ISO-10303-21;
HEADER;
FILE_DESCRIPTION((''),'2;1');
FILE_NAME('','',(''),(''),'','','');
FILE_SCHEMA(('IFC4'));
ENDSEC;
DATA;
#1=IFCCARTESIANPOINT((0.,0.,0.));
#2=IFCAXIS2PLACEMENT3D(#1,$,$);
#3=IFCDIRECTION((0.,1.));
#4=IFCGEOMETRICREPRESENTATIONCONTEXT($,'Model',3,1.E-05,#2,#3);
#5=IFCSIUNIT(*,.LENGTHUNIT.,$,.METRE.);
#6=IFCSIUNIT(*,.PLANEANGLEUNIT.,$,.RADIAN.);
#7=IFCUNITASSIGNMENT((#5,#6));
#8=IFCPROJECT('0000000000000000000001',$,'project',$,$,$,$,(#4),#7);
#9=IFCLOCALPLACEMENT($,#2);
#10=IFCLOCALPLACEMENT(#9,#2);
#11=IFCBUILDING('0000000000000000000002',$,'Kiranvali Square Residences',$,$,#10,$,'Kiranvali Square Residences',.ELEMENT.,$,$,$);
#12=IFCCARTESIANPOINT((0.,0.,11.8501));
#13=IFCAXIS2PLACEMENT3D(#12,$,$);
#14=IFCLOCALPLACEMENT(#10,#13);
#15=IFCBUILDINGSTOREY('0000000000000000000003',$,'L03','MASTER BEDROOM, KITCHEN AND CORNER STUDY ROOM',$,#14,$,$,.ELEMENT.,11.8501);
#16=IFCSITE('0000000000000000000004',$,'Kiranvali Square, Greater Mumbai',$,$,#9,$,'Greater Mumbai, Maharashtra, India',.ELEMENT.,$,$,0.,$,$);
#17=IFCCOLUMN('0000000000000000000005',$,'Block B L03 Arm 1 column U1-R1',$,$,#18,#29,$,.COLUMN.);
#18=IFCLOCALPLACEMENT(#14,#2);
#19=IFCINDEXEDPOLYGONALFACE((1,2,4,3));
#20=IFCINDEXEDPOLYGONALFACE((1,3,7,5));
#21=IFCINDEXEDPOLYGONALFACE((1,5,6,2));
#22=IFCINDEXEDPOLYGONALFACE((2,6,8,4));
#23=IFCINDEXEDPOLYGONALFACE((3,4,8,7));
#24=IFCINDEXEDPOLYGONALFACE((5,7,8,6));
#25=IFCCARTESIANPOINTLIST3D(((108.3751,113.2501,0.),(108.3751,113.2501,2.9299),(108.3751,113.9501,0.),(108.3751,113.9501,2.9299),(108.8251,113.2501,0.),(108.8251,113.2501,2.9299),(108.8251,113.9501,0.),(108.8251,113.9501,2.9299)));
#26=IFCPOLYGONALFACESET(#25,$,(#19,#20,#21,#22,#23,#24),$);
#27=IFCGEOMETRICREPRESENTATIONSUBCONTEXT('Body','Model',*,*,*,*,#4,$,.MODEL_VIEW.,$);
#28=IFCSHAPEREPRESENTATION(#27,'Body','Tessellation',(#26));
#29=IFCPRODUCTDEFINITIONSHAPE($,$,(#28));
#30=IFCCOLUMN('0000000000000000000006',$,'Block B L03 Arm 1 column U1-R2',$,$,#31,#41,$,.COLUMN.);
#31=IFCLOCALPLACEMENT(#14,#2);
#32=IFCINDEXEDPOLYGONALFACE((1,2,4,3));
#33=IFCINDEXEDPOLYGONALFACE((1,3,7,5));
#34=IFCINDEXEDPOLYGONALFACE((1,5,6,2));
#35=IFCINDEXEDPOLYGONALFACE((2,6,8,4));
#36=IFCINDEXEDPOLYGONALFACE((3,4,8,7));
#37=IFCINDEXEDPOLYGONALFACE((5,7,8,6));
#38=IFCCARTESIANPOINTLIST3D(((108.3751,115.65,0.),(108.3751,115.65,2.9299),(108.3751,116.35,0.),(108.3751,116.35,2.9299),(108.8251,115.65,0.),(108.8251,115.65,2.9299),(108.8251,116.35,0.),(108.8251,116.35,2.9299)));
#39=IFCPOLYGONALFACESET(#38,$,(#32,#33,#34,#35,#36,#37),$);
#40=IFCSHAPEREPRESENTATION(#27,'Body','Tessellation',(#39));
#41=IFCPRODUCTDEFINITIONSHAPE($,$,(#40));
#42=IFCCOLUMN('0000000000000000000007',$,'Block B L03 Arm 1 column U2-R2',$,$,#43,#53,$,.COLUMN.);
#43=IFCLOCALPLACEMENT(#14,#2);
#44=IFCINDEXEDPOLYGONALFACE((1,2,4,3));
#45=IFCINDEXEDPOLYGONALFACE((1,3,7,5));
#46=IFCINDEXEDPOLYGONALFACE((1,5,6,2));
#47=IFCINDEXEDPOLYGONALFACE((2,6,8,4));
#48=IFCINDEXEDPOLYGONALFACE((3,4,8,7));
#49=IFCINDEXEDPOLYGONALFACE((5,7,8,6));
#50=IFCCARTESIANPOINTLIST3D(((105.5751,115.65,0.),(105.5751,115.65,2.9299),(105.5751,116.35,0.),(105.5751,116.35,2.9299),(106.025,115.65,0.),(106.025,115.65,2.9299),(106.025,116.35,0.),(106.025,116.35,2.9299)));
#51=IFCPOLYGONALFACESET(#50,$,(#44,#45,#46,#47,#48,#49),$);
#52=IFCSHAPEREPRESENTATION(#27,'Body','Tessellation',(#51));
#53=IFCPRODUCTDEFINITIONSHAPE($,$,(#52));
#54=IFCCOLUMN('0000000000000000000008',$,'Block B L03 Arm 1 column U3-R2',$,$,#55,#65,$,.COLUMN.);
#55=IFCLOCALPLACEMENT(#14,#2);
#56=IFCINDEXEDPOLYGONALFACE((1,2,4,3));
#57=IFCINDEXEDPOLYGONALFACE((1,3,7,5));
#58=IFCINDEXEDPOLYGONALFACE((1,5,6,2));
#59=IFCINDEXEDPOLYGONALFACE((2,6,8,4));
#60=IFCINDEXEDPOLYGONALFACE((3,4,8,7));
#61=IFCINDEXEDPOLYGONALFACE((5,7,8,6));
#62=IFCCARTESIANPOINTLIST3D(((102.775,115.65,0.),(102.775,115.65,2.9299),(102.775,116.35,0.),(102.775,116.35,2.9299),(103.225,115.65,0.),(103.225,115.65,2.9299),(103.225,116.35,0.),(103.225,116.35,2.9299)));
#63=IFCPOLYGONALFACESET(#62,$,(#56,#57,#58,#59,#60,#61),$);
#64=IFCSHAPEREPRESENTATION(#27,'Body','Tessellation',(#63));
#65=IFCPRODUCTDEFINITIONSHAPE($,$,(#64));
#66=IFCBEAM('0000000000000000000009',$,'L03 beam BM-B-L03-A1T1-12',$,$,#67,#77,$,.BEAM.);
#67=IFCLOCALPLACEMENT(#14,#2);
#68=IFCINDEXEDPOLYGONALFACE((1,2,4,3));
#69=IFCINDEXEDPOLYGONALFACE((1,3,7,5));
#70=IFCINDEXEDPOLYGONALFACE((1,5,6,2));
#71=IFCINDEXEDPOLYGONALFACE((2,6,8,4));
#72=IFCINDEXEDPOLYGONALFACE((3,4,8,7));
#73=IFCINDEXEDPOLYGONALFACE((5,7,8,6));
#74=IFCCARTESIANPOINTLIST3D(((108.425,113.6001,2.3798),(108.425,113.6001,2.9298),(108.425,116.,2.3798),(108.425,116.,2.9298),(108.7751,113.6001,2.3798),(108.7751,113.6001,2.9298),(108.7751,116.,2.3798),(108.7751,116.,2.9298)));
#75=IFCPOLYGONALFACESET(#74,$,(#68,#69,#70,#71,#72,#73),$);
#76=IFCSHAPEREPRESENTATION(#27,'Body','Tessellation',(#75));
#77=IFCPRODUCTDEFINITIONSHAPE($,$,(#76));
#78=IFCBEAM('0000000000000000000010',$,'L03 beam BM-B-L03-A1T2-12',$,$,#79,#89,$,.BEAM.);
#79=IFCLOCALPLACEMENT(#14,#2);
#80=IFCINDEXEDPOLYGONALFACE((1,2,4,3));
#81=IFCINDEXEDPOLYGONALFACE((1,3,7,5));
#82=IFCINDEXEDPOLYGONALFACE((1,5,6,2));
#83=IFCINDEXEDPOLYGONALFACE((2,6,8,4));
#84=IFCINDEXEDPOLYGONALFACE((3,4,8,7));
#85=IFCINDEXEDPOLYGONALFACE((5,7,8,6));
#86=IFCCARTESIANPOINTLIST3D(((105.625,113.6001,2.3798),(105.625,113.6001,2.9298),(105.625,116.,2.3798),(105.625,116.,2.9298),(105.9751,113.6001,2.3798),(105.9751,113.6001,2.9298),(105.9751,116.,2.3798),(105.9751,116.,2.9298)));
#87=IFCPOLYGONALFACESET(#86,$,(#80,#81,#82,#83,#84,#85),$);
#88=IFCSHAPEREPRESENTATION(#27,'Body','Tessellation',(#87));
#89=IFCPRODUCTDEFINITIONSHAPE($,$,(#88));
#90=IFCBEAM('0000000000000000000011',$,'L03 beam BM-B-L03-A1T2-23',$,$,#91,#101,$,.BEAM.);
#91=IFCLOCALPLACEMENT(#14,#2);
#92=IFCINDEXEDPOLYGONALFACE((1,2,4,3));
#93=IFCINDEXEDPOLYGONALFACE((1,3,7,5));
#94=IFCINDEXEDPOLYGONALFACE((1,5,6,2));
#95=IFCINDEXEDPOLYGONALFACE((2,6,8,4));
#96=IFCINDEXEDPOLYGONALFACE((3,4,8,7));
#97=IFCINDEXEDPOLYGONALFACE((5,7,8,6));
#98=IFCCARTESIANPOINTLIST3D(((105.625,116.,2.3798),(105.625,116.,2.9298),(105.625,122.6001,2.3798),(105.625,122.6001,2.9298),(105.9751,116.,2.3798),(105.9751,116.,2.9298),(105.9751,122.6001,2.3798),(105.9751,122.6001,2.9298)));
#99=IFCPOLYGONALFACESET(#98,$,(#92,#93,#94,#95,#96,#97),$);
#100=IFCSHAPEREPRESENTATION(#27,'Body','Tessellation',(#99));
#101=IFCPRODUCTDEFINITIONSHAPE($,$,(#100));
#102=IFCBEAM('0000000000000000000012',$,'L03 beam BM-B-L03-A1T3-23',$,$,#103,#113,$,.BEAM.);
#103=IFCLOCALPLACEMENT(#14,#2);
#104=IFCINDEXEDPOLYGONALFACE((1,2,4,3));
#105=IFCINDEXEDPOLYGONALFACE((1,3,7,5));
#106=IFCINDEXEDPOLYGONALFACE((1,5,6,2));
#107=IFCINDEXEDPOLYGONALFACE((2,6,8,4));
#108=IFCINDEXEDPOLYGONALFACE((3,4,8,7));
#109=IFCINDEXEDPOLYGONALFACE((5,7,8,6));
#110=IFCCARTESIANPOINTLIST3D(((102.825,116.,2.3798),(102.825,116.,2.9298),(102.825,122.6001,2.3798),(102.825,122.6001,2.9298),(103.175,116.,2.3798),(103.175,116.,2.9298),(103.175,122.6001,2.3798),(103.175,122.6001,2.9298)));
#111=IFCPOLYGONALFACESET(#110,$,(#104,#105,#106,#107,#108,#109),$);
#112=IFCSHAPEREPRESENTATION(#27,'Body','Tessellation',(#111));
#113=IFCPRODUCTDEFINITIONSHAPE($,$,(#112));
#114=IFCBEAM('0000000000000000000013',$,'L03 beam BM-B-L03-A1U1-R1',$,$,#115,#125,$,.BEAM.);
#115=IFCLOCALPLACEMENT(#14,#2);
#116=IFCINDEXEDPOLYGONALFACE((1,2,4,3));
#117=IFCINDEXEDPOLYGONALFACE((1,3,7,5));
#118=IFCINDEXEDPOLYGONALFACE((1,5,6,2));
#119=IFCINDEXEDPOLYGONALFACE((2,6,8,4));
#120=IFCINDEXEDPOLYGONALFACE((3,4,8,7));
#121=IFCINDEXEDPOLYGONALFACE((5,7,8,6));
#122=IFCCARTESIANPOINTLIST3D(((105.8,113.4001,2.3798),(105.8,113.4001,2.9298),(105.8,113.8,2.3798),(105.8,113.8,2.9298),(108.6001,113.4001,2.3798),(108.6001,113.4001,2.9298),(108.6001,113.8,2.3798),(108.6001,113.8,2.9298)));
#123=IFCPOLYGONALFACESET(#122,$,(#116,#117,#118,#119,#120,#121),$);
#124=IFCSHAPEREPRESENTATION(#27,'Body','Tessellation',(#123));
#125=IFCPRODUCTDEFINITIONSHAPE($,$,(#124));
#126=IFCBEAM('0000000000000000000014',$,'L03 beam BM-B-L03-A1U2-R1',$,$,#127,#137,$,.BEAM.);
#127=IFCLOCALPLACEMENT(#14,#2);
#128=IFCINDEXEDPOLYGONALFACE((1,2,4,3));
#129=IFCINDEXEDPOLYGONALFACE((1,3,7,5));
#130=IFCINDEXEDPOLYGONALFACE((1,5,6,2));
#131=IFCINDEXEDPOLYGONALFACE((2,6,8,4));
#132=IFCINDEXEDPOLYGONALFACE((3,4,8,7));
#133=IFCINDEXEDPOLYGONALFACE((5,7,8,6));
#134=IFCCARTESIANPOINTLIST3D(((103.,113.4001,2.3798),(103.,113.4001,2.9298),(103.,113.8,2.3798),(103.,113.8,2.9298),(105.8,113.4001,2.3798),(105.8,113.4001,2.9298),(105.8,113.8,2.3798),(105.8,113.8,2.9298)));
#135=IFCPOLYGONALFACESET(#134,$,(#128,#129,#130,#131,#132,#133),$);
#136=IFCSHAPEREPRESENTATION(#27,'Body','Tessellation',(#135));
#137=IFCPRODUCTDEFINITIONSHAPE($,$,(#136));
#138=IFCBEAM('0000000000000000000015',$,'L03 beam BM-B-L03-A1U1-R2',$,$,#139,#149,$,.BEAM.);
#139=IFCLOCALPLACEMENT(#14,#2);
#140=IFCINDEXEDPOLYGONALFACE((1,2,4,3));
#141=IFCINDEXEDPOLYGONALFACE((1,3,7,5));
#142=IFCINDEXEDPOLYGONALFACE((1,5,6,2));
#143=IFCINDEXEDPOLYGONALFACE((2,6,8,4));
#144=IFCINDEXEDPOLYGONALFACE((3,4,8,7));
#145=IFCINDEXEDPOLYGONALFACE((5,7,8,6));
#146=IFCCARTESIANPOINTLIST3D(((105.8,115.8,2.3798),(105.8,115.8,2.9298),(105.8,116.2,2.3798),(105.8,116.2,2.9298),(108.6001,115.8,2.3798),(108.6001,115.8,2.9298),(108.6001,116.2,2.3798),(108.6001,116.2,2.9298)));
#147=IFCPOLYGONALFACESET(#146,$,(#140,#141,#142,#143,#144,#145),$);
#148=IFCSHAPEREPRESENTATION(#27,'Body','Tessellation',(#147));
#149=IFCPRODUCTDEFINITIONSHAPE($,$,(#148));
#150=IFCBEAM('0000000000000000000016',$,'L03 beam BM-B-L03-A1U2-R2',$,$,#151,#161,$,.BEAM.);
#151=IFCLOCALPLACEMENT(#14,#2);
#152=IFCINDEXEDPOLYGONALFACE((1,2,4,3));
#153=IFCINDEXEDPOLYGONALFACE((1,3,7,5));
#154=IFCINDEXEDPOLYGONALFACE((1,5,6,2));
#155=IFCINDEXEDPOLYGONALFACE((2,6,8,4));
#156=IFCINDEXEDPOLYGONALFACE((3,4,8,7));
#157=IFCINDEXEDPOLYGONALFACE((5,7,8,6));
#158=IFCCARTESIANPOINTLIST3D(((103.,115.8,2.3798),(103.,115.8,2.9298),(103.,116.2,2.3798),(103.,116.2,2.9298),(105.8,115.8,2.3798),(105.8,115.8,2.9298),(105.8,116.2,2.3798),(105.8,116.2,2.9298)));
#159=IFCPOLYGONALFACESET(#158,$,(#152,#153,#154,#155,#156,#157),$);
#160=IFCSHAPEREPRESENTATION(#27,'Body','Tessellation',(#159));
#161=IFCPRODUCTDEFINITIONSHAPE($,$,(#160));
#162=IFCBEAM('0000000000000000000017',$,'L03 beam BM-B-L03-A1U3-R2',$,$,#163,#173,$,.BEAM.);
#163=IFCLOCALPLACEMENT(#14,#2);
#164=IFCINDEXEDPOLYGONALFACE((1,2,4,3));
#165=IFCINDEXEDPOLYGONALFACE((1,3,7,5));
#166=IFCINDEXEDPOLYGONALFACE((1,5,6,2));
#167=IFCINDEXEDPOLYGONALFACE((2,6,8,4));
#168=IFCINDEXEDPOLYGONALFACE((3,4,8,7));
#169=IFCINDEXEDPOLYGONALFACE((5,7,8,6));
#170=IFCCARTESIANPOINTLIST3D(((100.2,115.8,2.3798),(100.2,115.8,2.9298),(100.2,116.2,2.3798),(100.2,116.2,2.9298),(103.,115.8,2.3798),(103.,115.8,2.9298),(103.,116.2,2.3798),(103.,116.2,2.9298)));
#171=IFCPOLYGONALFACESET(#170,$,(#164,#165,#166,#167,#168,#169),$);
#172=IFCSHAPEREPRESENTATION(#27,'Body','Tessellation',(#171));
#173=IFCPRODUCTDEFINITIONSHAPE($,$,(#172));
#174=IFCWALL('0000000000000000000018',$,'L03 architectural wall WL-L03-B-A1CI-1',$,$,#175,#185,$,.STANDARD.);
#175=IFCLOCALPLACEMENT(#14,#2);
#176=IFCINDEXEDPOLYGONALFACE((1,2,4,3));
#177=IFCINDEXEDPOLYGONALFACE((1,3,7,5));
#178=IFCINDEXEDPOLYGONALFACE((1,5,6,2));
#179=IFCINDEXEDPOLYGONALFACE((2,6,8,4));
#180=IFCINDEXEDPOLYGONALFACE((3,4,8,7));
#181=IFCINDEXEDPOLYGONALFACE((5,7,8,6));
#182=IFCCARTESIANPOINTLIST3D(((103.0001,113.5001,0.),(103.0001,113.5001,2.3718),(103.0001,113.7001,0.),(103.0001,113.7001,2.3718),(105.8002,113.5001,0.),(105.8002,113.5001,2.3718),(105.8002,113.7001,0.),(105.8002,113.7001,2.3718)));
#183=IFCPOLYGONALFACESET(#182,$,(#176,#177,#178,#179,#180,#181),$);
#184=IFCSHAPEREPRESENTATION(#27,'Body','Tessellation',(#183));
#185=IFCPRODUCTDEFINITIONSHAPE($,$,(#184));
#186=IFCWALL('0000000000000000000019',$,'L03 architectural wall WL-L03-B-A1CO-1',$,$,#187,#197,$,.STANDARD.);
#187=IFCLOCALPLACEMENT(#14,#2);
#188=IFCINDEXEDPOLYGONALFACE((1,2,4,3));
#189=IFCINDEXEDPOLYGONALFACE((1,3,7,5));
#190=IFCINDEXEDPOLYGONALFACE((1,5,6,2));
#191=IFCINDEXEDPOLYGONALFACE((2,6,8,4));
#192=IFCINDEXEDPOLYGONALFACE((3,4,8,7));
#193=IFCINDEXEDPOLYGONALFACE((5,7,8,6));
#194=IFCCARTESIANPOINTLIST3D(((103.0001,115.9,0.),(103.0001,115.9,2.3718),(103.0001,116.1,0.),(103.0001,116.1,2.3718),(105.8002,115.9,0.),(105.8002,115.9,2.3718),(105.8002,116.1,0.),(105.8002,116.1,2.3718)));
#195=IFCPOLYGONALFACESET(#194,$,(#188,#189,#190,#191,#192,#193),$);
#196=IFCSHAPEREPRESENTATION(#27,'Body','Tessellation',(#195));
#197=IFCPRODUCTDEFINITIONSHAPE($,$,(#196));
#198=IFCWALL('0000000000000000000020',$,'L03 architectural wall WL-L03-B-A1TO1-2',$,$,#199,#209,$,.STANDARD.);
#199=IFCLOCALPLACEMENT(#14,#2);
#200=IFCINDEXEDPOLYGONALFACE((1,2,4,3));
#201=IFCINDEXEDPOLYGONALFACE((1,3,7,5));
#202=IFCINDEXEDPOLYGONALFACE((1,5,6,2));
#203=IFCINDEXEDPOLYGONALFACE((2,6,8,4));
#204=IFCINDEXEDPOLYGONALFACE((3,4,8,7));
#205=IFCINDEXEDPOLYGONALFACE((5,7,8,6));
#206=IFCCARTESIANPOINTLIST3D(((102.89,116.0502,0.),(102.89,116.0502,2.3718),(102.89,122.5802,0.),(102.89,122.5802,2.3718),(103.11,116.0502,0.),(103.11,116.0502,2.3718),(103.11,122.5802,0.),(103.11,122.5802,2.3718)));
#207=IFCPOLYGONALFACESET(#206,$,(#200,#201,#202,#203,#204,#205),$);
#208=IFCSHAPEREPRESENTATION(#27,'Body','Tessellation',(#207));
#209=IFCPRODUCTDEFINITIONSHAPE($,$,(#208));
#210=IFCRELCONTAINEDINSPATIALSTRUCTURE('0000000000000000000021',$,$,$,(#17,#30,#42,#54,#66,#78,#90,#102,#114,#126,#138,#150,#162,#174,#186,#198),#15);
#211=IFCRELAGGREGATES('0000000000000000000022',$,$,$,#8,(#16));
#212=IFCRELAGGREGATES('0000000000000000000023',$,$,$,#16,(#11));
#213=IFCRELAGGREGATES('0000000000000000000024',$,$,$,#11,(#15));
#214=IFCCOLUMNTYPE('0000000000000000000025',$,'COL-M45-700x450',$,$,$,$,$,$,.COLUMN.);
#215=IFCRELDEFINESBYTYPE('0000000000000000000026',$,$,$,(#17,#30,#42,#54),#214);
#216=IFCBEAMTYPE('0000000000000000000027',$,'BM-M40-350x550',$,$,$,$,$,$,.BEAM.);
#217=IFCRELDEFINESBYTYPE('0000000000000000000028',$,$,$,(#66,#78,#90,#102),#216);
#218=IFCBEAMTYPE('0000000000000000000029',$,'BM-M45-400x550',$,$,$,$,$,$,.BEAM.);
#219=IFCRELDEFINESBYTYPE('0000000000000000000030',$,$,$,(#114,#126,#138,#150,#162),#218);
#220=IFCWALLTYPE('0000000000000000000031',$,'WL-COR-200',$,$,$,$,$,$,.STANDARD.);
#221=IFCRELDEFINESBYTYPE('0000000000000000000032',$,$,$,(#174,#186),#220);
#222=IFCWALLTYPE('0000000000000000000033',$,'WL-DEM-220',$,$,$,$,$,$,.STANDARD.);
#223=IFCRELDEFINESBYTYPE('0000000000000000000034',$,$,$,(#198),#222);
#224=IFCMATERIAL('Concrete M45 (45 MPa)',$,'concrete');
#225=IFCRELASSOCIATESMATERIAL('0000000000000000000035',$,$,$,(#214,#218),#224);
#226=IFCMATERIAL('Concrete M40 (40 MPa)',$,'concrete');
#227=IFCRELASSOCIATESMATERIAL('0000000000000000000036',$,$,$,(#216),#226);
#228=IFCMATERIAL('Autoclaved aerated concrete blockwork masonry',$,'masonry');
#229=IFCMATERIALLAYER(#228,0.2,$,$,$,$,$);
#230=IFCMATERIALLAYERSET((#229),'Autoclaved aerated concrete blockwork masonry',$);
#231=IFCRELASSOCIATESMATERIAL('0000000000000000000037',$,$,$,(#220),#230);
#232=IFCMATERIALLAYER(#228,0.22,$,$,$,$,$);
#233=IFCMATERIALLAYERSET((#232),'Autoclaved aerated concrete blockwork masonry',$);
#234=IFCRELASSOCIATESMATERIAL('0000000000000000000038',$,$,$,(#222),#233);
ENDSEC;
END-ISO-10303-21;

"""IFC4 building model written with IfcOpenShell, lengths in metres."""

from ifc_helpers import new_model, si_unit, direction, frame, frame_2d, origin, origin_2d, place, context, subcontext, project, spatial, rectangle, extrude, material, layer, layer_set, material_profile, profile_set, type_object, element, save


model = new_model("IFC4")

# Units and contexts
model_context = context("Model", 3, precision=1e-05, world=origin(), true_north=direction((0.0, 1.0)))
body_context = subcontext(model_context, "Body", "Model", "MODEL_VIEW")
ifc_project = project(units=[si_unit("LENGTHUNIT", "METRE"), si_unit("PLANEANGLEUNIT", "RADIAN")], contexts=[model_context])

# Site, building, storey
site_placement = place(None, origin())
site = spatial("IfcSite", under=ifc_project, at=site_placement, Name="Kiranvali Square, Greater Mumbai", LongName="Greater Mumbai, Maharashtra, India", CompositionType="ELEMENT", RefElevation=0.0)
building_placement = place(site_placement, origin())
building = spatial("IfcBuilding", under=site, at=building_placement, Name="Kiranvali Square Residences", LongName="Kiranvali Square Residences", CompositionType="ELEMENT")
storey_placement = place(building_placement, frame((0.0, 0.0, 11.8501)))
storey = spatial("IfcBuildingStorey", under=building, at=storey_placement, Name="L03", Description="MASTER BEDROOM, KITCHEN AND CORNER STUDY ROOM", CompositionType="ELEMENT", Elevation=11.8501)

# Columns
ifc_material_1 = material(Name="Concrete M45 (45 MPa)", Category="concrete")
ifc_material_profile_1 = material_profile(ifc_material_1, rectangle(XDim=0.45, YDim=0.7, at=origin_2d()), Name="RC 700x450")
ifc_profile_set_1 = profile_set([ifc_material_profile_1], Name="Concrete M45 (45 MPa)")
column_type = type_object("IfcColumnType", Name="COL-M45-700x450", PredefinedType="COLUMN", material=ifc_profile_set_1)
for number, where, z_axis, x_axis, name in (
    (1, (108.6001, 113.6001, 0.0), (0.0, 0.0, 1.0), (1.0, 0.0, 0.0), "Block B L03 Arm 1 column U1-R1"),
    (2, (108.6001, 116.0, 0.0), (0.0, 0.0, 1.0), (1.0, 0.0, 0.0), "Block B L03 Arm 1 column U1-R2"),
    (3, (105.8, 116.0, 0.0), (0.0, 0.0, 1.0), (1.0, 0.0, 0.0), "Block B L03 Arm 1 column U2-R2"),
    (4, (103.0, 116.0, 0.0), (0.0, 0.0, 1.0), (1.0, 0.0, 0.0), "Block B L03 Arm 1 column U3-R2"),
):
    element("IfcColumn", number, at=place(storey_placement, frame(where, z_axis=z_axis, x_axis=x_axis)), inside=storey, type_object=column_type, Name=name, PredefinedType="COLUMN", context=body_context, shape_type="SweptSolid", body=[
        extrude(rectangle(XDim=0.45, YDim=0.7, at=origin_2d()), origin(), (0.0, 0.0, 1.0), 2.9299),
    ])

# Beams
ifc_material_2 = material(Name="Concrete M40 (40 MPa)", Category="concrete")
ifc_material_profile_2 = material_profile(ifc_material_2, rectangle(XDim=0.3501, YDim=0.55, at=origin_2d()), Name="RC 350x550")
ifc_profile_set_2 = profile_set([ifc_material_profile_2], Name="Concrete M40 (40 MPa)")
beam_type_1 = type_object("IfcBeamType", Name="BM-M40-350x550", PredefinedType="BEAM", material=ifc_profile_set_2)
for number, where, z_axis, x_axis, name in (
    (5, (108.6001, 113.6001, 2.6548), (0.0, 1.0, 0.0), (-1.0, 0.0, 0.0), "L03 beam BM-B-L03-A1T1-12"),
    (6, (105.8, 113.6001, 2.6548), (0.0, 1.0, 0.0), (-1.0, 0.0, 0.0), "L03 beam BM-B-L03-A1T2-12"),
):
    element("IfcBeam", number, at=place(storey_placement, frame(where, z_axis=z_axis, x_axis=x_axis)), inside=storey, type_object=beam_type_1, Name=name, PredefinedType="BEAM", context=body_context, shape_type="SweptSolid", body=[
        extrude(rectangle(XDim=0.3501, YDim=0.55, at=origin_2d()), origin(), (0.0, 0.0, 1.0), 2.3999),
    ])
for number, where, z_axis, x_axis, name in (
    (7, (105.8, 116.0, 2.6548), (0.0, 1.0, 0.0), (-1.0, 0.0, 0.0), "L03 beam BM-B-L03-A1T2-23"),
    (8, (103.0, 116.0, 2.6548), (0.0, 1.0, 0.0), (-1.0, 0.0, 0.0), "L03 beam BM-B-L03-A1T3-23"),
):
    element("IfcBeam", number, at=place(storey_placement, frame(where, z_axis=z_axis, x_axis=x_axis)), inside=storey, type_object=beam_type_1, Name=name, PredefinedType="BEAM", context=body_context, shape_type="SweptSolid", body=[
        extrude(rectangle(XDim=0.3501, YDim=0.55, at=origin_2d()), origin(), (0.0, 0.0, 1.0), 6.6001),
    ])
ifc_material_profile_3 = material_profile(ifc_material_1, rectangle(XDim=0.3999, YDim=0.55, at=origin_2d()), Name="RC 400x550")
ifc_profile_set_3 = profile_set([ifc_material_profile_3], Name="Concrete M45 (45 MPa)")
beam_type_2 = type_object("IfcBeamType", Name="BM-M45-400x550", PredefinedType="BEAM", material=ifc_profile_set_3)
for number, where, z_axis, x_axis, name in (
    (9, (108.6001, 113.6001, 2.6548), (-1.0, 0.0, 0.0), (0.0, -1.0, 0.0), "L03 beam BM-B-L03-A1U1-R1"),
    (10, (105.8, 113.6001, 2.6548), (-1.0, 0.0, 0.0), (0.0, -1.0, 0.0), "L03 beam BM-B-L03-A1U2-R1"),
    (11, (108.6001, 116.0, 2.6548), (-1.0, 0.0, 0.0), (0.0, -1.0, 0.0), "L03 beam BM-B-L03-A1U1-R2"),
    (12, (105.8, 116.0, 2.6548), (-1.0, 0.0, 0.0), (0.0, -1.0, 0.0), "L03 beam BM-B-L03-A1U2-R2"),
    (13, (103.0, 116.0, 2.6548), (-1.0, 0.0, 0.0), (0.0, -1.0, 0.0), "L03 beam BM-B-L03-A1U3-R2"),
):
    element("IfcBeam", number, at=place(storey_placement, frame(where, z_axis=z_axis, x_axis=x_axis)), inside=storey, type_object=beam_type_2, Name=name, PredefinedType="BEAM", context=body_context, shape_type="SweptSolid", body=[
        extrude(rectangle(XDim=0.3999, YDim=0.55, at=origin_2d()), origin(), (0.0, 0.0, 1.0), 2.8),
    ])

# Shared definitions
ifc_material_3 = material(Name="Autoclaved aerated concrete blockwork masonry", Category="masonry")
ifc_layer_1 = layer(ifc_material_3, 0.2)
ifc_layer_set_1 = layer_set([ifc_layer_1], Name="Autoclaved aerated concrete blockwork masonry")
wall_type_1 = type_object("IfcWallType", Name="WL-COR-200", PredefinedType="STANDARD", material=ifc_layer_set_1)

# Walls
for number, where, z_axis, x_axis, name in (
    (14, (105.8, 113.6001, 0.0), (0.0, 0.0, 1.0), (-1.0, 0.0, 0.0), "L03 architectural wall WL-L03-B-A1CI-1"),
    (15, (105.8, 116.0, 0.0), (0.0, 0.0, 1.0), (-1.0, 0.0, 0.0), "L03 architectural wall WL-L03-B-A1CO-1"),
):
    element("IfcWall", number, at=place(storey_placement, frame(where, z_axis=z_axis, x_axis=x_axis)), inside=storey, type_object=wall_type_1, Name=name, PredefinedType="STANDARD", context=body_context, shape_type="SweptSolid", body=[
        extrude(rectangle(XDim=2.8, YDim=0.2, at=frame_2d((1.3999, 0.0))), origin(), (0.0, 0.0, 1.0), 2.3718),
    ])

# Wall
ifc_layer_2 = layer(ifc_material_3, 0.22)
ifc_layer_set_2 = layer_set([ifc_layer_2], Name="Autoclaved aerated concrete blockwork masonry")
wall_type_2 = type_object("IfcWallType", Name="WL-DEM-220", PredefinedType="STANDARD", material=ifc_layer_set_2)
wall_1_placement = place(storey_placement, frame((103.0, 116.05, 0.0), z_axis=(0.0, 0.0, 1.0), x_axis=(0.0, 1.0, 0.0)))
element("IfcWall", 16, at=wall_1_placement, inside=storey, type_object=wall_type_2, Name="L03 architectural wall WL-L03-B-A1TO1-2", PredefinedType="STANDARD", context=body_context, shape_type="SweptSolid", body=[
    extrude(rectangle(XDim=6.53, YDim=0.22, at=frame_2d((3.2651, 0.0))), origin(), (0.0, 0.0, 1.0), 2.3718),
])

save(model, "model.ifc")
